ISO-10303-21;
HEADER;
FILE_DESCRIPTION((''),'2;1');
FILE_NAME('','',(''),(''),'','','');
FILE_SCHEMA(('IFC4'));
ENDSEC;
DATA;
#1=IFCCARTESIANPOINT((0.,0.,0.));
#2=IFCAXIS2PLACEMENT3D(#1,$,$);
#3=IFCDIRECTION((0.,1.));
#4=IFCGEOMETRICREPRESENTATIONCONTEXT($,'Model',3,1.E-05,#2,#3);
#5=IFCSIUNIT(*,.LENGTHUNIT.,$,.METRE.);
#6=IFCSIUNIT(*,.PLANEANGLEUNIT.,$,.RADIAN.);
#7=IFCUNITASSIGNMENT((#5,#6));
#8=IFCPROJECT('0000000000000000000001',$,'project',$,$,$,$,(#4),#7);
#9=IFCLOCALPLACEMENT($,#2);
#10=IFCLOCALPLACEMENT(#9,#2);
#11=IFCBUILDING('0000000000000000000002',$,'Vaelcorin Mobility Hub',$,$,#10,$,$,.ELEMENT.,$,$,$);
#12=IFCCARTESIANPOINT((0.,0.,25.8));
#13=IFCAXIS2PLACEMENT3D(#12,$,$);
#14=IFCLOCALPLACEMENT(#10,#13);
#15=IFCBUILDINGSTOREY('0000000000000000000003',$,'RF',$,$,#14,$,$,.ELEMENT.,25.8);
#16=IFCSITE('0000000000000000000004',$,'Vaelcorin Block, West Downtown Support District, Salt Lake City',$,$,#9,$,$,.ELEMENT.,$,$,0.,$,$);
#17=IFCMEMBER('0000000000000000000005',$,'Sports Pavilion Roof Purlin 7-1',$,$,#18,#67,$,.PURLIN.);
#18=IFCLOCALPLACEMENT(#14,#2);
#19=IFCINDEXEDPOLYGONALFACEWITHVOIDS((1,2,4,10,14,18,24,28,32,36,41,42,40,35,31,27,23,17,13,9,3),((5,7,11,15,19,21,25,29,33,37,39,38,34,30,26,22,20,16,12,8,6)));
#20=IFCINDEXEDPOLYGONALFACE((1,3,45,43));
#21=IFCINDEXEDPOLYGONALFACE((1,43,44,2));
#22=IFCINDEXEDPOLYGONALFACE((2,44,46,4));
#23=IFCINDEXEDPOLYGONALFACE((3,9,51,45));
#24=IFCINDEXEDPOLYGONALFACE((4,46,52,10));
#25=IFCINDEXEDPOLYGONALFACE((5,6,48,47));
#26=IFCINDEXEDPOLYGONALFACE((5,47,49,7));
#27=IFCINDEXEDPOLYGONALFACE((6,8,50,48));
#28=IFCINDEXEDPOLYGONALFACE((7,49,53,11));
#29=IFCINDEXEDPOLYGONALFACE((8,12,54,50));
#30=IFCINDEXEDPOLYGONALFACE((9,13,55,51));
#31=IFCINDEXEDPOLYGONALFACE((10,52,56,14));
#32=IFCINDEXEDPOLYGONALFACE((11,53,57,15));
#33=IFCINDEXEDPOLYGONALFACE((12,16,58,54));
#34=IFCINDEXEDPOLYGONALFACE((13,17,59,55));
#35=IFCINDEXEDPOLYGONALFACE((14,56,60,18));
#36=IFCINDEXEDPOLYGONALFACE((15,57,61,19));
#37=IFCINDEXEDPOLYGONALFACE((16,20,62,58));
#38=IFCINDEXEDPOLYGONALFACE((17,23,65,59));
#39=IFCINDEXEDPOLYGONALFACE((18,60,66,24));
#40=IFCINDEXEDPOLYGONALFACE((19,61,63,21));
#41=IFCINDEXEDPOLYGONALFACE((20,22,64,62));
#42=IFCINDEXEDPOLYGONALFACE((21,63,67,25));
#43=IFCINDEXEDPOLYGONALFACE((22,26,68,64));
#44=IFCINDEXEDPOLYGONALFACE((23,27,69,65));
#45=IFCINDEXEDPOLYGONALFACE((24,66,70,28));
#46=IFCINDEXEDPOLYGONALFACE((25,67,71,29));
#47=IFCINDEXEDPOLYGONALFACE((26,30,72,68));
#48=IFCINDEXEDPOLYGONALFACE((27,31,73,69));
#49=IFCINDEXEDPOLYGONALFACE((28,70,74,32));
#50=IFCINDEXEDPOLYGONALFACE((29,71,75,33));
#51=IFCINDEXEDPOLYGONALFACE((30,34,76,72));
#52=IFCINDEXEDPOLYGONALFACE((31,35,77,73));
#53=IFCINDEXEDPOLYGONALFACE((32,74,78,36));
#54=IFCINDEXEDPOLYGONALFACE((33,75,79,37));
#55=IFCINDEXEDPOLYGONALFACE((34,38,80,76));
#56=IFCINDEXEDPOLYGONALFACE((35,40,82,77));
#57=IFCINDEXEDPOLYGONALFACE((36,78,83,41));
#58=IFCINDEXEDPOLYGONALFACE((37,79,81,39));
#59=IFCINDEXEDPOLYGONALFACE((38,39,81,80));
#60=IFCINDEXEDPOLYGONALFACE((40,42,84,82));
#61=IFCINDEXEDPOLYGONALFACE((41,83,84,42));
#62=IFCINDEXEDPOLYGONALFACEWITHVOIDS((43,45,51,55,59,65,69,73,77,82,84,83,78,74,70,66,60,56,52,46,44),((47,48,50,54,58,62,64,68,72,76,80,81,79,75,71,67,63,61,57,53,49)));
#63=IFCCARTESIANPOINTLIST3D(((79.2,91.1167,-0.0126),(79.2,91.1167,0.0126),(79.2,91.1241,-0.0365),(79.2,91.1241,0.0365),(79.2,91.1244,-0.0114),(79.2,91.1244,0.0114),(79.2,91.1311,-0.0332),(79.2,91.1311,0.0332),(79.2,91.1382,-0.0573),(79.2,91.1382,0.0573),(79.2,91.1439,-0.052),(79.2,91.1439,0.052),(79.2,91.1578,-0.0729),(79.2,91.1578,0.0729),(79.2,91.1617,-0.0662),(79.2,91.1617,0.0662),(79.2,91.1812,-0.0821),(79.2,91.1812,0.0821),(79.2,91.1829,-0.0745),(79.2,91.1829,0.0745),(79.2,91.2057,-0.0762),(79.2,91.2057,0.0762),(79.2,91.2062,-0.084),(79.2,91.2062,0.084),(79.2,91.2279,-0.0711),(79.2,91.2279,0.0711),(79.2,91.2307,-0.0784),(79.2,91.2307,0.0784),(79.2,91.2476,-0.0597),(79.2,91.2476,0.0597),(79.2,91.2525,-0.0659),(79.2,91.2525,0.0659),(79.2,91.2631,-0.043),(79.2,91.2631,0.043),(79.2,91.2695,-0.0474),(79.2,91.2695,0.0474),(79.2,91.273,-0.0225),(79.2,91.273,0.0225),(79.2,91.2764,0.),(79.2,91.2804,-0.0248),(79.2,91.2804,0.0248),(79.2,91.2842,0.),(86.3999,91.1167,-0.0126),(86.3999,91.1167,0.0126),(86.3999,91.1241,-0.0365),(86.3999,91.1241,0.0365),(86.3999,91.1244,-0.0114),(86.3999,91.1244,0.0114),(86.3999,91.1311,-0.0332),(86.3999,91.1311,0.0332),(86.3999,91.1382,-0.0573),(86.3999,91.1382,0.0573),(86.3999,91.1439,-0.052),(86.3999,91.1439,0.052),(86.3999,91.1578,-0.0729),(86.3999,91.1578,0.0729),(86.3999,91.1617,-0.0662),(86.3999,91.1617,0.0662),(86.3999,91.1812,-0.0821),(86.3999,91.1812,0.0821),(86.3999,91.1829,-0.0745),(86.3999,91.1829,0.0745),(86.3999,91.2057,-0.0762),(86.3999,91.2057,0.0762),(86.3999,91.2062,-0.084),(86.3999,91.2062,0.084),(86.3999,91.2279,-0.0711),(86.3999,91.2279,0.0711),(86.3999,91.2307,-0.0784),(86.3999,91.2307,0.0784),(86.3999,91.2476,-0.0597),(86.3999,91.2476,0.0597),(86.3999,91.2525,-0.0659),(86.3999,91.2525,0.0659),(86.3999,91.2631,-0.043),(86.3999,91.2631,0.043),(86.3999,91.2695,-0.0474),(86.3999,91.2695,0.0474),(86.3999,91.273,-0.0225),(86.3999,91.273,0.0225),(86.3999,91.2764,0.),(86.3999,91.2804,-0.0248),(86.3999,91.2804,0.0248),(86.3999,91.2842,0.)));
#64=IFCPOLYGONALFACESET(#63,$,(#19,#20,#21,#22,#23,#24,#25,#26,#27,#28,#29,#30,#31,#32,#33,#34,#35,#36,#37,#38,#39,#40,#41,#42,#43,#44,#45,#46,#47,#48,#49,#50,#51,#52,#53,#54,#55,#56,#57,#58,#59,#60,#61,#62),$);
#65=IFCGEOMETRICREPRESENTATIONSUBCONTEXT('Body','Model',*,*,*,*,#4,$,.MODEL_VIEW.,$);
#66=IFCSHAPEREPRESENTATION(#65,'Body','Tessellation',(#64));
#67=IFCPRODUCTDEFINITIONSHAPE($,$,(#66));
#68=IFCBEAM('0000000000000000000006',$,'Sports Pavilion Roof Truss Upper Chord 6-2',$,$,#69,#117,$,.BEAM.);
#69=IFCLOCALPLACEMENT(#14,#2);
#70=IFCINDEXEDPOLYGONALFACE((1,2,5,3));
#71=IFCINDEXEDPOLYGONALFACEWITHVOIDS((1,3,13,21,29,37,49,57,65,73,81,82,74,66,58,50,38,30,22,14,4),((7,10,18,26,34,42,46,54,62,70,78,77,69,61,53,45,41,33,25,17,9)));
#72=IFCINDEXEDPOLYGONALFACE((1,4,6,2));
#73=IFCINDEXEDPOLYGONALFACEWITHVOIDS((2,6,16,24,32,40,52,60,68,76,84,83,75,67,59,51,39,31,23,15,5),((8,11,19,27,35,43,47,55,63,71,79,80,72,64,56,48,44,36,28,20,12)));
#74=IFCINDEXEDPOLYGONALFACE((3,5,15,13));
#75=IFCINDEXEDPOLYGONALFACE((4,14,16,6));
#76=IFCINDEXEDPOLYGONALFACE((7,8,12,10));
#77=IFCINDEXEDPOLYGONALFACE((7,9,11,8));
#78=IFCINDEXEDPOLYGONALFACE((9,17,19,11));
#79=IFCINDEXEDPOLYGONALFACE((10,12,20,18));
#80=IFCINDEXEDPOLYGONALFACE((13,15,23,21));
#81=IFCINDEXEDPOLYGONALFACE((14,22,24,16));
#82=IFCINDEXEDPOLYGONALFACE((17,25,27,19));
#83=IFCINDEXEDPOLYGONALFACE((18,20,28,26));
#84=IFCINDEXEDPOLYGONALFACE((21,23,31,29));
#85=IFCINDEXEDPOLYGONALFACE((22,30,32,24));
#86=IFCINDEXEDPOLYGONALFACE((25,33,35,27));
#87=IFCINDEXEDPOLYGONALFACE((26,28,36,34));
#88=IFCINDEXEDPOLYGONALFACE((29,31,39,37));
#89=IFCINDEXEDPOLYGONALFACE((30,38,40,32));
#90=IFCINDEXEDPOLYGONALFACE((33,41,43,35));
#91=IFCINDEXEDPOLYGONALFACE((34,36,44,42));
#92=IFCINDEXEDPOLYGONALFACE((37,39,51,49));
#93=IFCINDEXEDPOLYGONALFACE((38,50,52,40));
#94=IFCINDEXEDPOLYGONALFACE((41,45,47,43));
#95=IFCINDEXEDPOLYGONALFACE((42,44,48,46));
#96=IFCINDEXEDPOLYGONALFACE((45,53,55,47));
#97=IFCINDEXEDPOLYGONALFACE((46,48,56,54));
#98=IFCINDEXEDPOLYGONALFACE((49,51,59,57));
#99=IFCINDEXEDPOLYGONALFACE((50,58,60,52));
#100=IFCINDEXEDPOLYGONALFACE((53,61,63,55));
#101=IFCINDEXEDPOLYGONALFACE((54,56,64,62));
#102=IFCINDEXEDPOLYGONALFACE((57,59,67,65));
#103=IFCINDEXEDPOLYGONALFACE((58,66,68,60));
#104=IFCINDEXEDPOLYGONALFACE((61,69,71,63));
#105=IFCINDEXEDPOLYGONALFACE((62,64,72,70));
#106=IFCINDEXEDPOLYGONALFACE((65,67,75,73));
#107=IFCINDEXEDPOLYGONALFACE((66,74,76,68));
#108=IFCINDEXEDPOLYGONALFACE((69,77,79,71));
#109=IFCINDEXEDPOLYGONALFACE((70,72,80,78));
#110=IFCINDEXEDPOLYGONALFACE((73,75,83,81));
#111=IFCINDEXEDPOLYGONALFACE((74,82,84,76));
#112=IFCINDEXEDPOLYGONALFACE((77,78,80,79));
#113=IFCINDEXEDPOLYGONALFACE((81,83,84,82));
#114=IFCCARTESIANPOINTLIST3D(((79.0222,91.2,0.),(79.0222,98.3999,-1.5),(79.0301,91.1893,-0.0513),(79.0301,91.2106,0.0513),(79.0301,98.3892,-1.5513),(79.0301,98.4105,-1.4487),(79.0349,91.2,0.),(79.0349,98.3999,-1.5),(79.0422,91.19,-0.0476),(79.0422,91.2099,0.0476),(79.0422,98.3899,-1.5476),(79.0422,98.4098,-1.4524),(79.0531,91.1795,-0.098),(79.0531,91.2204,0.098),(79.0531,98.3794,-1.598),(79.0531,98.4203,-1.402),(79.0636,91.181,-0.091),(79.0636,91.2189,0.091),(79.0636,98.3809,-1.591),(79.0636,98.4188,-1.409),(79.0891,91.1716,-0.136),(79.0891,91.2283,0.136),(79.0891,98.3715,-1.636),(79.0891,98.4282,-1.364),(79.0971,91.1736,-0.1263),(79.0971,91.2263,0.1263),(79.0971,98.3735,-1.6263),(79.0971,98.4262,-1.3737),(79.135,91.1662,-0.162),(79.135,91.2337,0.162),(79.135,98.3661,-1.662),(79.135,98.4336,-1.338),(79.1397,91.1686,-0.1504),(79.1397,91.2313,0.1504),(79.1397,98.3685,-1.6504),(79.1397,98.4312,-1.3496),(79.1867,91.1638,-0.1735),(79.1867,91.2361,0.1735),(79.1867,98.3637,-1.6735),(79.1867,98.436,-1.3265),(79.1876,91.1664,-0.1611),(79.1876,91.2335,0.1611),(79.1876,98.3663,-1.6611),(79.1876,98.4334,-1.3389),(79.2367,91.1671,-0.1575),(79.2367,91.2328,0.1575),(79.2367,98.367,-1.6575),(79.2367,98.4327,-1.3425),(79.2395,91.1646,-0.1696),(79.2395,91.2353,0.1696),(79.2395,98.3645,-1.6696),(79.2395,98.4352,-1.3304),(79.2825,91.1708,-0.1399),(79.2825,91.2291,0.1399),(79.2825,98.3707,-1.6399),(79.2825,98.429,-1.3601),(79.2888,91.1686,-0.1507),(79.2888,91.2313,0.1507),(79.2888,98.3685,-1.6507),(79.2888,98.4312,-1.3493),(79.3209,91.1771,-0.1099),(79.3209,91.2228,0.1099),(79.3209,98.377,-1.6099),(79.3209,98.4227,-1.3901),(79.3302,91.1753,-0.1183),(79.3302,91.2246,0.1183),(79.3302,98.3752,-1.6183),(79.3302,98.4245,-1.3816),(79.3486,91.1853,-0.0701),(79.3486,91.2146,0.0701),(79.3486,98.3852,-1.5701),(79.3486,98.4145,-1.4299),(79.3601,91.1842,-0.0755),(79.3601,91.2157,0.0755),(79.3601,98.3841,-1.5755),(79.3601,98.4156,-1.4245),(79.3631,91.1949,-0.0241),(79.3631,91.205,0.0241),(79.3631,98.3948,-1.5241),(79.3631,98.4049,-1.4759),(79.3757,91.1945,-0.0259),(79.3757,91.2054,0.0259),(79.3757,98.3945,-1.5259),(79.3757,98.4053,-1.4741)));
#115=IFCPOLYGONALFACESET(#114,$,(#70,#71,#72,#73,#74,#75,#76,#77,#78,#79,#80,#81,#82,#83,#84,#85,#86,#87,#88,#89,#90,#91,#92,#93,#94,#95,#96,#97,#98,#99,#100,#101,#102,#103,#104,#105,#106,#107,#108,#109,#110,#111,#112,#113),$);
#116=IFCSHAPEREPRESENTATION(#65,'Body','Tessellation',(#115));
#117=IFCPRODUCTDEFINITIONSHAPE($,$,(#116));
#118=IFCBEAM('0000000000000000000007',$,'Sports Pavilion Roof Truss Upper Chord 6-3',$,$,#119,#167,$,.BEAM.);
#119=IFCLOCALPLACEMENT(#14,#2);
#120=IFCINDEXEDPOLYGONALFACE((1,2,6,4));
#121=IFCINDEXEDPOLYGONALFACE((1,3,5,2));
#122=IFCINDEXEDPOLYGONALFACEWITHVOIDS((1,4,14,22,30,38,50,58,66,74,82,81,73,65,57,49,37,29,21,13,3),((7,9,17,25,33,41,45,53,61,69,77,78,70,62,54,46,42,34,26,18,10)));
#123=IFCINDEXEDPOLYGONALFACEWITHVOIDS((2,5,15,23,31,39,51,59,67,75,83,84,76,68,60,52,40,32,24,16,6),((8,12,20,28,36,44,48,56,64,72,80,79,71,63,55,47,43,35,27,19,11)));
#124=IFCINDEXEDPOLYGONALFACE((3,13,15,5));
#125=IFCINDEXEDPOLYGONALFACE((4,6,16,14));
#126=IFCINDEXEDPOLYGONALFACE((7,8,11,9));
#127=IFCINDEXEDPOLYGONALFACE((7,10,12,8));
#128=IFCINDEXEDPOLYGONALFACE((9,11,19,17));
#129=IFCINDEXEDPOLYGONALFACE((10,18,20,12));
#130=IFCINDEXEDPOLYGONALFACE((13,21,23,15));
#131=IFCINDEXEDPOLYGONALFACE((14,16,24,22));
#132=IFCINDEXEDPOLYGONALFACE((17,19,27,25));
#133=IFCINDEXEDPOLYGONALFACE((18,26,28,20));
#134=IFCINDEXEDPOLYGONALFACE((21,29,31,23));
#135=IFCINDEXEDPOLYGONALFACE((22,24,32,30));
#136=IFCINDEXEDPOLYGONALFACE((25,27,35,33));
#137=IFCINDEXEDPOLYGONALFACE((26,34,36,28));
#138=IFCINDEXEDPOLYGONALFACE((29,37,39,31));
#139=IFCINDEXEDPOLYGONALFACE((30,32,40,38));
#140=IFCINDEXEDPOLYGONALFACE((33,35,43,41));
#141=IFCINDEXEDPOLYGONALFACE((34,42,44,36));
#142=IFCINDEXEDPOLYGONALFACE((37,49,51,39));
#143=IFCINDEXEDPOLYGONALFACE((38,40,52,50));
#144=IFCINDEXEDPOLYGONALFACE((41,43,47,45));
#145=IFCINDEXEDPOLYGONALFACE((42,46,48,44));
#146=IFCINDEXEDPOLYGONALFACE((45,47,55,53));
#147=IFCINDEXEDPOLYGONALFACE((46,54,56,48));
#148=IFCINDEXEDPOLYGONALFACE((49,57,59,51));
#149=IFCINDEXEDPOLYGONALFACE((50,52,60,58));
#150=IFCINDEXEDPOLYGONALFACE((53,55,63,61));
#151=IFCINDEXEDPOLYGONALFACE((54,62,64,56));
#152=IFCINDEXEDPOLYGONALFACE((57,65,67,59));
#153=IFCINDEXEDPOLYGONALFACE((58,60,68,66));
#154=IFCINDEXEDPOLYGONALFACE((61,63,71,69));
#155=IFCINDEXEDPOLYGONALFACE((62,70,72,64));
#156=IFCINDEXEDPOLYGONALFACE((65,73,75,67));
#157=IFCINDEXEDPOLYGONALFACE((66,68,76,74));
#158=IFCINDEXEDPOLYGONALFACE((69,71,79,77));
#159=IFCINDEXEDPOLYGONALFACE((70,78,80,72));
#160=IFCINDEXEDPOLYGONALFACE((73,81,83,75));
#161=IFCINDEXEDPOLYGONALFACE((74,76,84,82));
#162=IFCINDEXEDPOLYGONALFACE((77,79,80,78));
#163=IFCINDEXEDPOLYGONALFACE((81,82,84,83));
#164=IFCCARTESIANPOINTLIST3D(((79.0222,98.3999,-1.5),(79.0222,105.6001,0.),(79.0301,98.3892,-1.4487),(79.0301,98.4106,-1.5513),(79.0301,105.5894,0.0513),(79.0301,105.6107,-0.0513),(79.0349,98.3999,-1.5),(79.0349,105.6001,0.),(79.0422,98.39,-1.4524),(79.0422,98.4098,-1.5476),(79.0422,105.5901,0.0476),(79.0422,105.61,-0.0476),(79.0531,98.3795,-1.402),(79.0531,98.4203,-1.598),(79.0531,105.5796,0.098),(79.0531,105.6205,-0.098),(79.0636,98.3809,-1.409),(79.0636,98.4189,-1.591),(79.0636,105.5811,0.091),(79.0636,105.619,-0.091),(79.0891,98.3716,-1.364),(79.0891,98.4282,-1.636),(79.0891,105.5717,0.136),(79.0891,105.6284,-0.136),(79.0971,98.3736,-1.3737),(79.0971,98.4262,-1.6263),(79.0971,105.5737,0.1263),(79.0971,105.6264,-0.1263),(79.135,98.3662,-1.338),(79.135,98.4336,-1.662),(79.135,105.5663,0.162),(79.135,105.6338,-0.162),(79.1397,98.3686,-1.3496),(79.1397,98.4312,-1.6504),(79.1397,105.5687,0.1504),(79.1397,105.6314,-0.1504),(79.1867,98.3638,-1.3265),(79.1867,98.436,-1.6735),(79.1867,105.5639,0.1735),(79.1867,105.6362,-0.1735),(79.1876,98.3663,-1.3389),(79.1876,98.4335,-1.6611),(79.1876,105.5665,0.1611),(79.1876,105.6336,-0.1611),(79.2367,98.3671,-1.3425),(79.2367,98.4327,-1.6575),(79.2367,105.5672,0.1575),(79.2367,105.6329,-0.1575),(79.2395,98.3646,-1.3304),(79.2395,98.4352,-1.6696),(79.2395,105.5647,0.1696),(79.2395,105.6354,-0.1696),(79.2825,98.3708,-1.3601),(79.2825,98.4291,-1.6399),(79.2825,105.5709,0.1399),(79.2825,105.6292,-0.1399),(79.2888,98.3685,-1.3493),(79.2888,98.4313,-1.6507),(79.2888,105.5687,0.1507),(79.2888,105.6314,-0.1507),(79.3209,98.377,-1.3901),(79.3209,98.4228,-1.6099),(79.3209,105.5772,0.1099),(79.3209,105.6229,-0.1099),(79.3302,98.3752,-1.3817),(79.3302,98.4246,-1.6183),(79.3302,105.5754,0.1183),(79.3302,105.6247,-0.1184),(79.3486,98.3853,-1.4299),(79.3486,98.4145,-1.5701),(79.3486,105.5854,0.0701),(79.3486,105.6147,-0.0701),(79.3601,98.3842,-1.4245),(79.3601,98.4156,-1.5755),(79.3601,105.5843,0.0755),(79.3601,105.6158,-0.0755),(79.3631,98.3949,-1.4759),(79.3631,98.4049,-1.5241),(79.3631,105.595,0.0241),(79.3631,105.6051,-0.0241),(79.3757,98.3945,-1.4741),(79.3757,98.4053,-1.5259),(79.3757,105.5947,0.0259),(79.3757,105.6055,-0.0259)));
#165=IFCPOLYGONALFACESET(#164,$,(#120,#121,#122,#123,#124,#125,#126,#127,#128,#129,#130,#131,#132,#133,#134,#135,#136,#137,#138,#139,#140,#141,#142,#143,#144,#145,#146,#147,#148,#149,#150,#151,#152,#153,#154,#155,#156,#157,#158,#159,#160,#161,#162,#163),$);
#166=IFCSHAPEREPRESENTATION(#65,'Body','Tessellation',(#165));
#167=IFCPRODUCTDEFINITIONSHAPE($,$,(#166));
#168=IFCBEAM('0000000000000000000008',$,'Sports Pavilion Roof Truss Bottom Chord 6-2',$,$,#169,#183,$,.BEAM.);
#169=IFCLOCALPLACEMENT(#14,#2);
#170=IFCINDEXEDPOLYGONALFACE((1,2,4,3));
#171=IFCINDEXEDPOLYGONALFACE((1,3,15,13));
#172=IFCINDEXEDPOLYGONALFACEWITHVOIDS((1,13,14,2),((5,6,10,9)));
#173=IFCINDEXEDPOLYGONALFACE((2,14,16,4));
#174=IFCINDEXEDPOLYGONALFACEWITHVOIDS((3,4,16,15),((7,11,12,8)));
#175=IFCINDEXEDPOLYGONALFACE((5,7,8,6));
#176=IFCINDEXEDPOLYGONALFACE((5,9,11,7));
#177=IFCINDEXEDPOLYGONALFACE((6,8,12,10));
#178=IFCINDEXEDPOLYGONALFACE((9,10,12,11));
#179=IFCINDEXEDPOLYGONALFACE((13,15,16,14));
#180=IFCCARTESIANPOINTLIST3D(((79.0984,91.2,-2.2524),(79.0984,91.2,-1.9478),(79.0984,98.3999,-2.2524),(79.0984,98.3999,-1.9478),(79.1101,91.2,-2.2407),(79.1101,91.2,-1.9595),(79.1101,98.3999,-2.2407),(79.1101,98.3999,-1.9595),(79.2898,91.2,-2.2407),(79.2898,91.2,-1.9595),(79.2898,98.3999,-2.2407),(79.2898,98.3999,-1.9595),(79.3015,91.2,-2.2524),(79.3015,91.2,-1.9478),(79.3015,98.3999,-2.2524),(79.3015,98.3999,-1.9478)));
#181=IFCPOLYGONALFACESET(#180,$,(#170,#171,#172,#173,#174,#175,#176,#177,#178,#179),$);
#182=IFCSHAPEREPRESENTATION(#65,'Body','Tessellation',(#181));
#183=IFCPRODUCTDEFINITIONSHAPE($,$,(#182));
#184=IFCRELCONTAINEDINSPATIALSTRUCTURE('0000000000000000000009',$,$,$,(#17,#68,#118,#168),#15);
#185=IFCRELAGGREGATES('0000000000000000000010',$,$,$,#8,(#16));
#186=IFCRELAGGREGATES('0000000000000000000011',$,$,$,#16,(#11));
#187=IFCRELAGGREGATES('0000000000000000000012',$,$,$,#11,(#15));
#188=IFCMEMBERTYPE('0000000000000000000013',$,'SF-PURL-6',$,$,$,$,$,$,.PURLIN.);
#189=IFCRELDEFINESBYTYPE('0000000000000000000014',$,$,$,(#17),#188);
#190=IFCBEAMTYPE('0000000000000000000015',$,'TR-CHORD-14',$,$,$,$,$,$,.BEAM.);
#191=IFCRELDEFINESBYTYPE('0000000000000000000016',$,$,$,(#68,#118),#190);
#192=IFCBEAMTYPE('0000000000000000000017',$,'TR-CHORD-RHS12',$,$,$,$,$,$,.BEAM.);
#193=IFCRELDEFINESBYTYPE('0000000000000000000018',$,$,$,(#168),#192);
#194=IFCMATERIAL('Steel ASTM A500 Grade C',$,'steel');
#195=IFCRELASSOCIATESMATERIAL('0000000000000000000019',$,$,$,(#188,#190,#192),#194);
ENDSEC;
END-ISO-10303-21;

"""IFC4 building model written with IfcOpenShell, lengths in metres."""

from ifc_helpers import new_model, si_unit, direction, frame, origin, origin_2d, place, context, subcontext, project, spatial, hollow_rectangle, hollow_circle, extrude, material, material_profile, profile_set, type_object, element, save


model = new_model("IFC4")

# Units and contexts
model_context = context("Model", 3, precision=1e-05, world=origin(), true_north=direction((0.0, 1.0)))
body_context = subcontext(model_context, "Body", "Model", "MODEL_VIEW")
ifc_project = project(units=[si_unit("LENGTHUNIT", "METRE"), si_unit("PLANEANGLEUNIT", "RADIAN")], contexts=[model_context])

# Site, building, storey
site_placement = place(None, origin())
site = spatial("IfcSite", under=ifc_project, at=site_placement, Name="Vaelcorin Block, West Downtown Support District, Salt Lake City", CompositionType="ELEMENT", RefElevation=0.0)
building_placement = place(site_placement, origin())
building = spatial("IfcBuilding", under=site, at=building_placement, Name="Vaelcorin Mobility Hub", CompositionType="ELEMENT")
storey_placement = place(building_placement, frame((0.0, 0.0, 25.8)))
storey = spatial("IfcBuildingStorey", under=building, at=storey_placement, Name="RF", CompositionType="ELEMENT", Elevation=25.8)

# Member
ifc_material_1 = material(Name="Steel ASTM A500 Grade C", Category="steel")
ifc_material_profile_1 = material_profile(ifc_material_1, hollow_circle(Radius=0.0842, WallThickness=0.0078, at=origin_2d()), Name="HSS6.625X0.312")
ifc_profile_set_1 = profile_set([ifc_material_profile_1], Name="Steel ASTM A500 Grade C")
member_type_1 = type_object("IfcMemberType", Name="SF-PURL-6", PredefinedType="PURLIN", material=ifc_profile_set_1)
member_1_placement = place(storey_placement, frame((79.2, 91.2, 0.0), z_axis=(1.0, 0.0, 0.0), x_axis=(0.0, 1.0, 0.0)))
element("IfcMember", 1, at=member_1_placement, inside=storey, type_object=member_type_1, Name="Sports Pavilion Roof Purlin 7-1", PredefinedType="PURLIN", context=body_context, shape_type="SweptSolid", body=[
    extrude(hollow_circle(Radius=0.0842, WallThickness=0.0078, at=origin_2d()), origin(), (0.0, 0.0, 1.0), 7.2),
])

# Beams
ifc_material_profile_2 = material_profile(ifc_material_1, hollow_circle(Radius=0.1777, WallThickness=0.0127, at=origin_2d()), Name="HSS14.000X0.500")
ifc_profile_set_2 = profile_set([ifc_material_profile_2], Name="Steel ASTM A500 Grade C")
beam_type_1 = type_object("IfcBeamType", Name="TR-CHORD-14", PredefinedType="BEAM", material=ifc_profile_set_2)
beam_1_placement = place(storey_placement, frame((79.2, 91.2, 0.0), z_axis=(0.0, 0.97898, -0.203956), x_axis=(-1.0, 0.0, 0.0)))
element("IfcBeam", 2, at=beam_1_placement, inside=storey, type_object=beam_type_1, Name="Sports Pavilion Roof Truss Upper Chord 6-2", PredefinedType="BEAM", context=body_context, shape_type="SweptSolid", body=[
    extrude(hollow_circle(Radius=0.1777, WallThickness=0.0127, at=origin_2d()), origin(), (0.0, 0.0, 1.0), 7.3545),
])
beam_2_placement = place(storey_placement, frame((79.2, 98.3999, -1.5), z_axis=(0.0, 0.978982, 0.203949), x_axis=(-1.0, 0.0, 0.0)))
element("IfcBeam", 3, at=beam_2_placement, inside=storey, type_object=beam_type_1, Name="Sports Pavilion Roof Truss Upper Chord 6-3", PredefinedType="BEAM", context=body_context, shape_type="SweptSolid", body=[
    extrude(hollow_circle(Radius=0.1777, WallThickness=0.0127, at=origin_2d()), origin(), (0.0, 0.0, 1.0), 7.3547),
])
ifc_material_profile_3 = material_profile(ifc_material_1, hollow_rectangle(XDim=0.2031, YDim=0.3047, WallThickness=0.0117, at=origin_2d()), Name="HSS12X8X0.500")
ifc_profile_set_3 = profile_set([ifc_material_profile_3], Name="Steel ASTM A500 Grade C")
beam_type_2 = type_object("IfcBeamType", Name="TR-CHORD-RHS12", PredefinedType="BEAM", material=ifc_profile_set_3)
beam_3_placement = place(storey_placement, frame((79.2, 91.2, -2.1001), z_axis=(0.0, 1.0, 0.0), x_axis=(-1.0, 0.0, 0.0)))
element("IfcBeam", 4, at=beam_3_placement, inside=storey, type_object=beam_type_2, Name="Sports Pavilion Roof Truss Bottom Chord 6-2", PredefinedType="BEAM", context=body_context, shape_type="SweptSolid", body=[
    extrude(hollow_rectangle(XDim=0.2031, YDim=0.3047, WallThickness=0.0117, at=origin_2d()), origin(), (0.0, 0.0, 1.0), 7.2),
])

save(model, "model.ifc")
